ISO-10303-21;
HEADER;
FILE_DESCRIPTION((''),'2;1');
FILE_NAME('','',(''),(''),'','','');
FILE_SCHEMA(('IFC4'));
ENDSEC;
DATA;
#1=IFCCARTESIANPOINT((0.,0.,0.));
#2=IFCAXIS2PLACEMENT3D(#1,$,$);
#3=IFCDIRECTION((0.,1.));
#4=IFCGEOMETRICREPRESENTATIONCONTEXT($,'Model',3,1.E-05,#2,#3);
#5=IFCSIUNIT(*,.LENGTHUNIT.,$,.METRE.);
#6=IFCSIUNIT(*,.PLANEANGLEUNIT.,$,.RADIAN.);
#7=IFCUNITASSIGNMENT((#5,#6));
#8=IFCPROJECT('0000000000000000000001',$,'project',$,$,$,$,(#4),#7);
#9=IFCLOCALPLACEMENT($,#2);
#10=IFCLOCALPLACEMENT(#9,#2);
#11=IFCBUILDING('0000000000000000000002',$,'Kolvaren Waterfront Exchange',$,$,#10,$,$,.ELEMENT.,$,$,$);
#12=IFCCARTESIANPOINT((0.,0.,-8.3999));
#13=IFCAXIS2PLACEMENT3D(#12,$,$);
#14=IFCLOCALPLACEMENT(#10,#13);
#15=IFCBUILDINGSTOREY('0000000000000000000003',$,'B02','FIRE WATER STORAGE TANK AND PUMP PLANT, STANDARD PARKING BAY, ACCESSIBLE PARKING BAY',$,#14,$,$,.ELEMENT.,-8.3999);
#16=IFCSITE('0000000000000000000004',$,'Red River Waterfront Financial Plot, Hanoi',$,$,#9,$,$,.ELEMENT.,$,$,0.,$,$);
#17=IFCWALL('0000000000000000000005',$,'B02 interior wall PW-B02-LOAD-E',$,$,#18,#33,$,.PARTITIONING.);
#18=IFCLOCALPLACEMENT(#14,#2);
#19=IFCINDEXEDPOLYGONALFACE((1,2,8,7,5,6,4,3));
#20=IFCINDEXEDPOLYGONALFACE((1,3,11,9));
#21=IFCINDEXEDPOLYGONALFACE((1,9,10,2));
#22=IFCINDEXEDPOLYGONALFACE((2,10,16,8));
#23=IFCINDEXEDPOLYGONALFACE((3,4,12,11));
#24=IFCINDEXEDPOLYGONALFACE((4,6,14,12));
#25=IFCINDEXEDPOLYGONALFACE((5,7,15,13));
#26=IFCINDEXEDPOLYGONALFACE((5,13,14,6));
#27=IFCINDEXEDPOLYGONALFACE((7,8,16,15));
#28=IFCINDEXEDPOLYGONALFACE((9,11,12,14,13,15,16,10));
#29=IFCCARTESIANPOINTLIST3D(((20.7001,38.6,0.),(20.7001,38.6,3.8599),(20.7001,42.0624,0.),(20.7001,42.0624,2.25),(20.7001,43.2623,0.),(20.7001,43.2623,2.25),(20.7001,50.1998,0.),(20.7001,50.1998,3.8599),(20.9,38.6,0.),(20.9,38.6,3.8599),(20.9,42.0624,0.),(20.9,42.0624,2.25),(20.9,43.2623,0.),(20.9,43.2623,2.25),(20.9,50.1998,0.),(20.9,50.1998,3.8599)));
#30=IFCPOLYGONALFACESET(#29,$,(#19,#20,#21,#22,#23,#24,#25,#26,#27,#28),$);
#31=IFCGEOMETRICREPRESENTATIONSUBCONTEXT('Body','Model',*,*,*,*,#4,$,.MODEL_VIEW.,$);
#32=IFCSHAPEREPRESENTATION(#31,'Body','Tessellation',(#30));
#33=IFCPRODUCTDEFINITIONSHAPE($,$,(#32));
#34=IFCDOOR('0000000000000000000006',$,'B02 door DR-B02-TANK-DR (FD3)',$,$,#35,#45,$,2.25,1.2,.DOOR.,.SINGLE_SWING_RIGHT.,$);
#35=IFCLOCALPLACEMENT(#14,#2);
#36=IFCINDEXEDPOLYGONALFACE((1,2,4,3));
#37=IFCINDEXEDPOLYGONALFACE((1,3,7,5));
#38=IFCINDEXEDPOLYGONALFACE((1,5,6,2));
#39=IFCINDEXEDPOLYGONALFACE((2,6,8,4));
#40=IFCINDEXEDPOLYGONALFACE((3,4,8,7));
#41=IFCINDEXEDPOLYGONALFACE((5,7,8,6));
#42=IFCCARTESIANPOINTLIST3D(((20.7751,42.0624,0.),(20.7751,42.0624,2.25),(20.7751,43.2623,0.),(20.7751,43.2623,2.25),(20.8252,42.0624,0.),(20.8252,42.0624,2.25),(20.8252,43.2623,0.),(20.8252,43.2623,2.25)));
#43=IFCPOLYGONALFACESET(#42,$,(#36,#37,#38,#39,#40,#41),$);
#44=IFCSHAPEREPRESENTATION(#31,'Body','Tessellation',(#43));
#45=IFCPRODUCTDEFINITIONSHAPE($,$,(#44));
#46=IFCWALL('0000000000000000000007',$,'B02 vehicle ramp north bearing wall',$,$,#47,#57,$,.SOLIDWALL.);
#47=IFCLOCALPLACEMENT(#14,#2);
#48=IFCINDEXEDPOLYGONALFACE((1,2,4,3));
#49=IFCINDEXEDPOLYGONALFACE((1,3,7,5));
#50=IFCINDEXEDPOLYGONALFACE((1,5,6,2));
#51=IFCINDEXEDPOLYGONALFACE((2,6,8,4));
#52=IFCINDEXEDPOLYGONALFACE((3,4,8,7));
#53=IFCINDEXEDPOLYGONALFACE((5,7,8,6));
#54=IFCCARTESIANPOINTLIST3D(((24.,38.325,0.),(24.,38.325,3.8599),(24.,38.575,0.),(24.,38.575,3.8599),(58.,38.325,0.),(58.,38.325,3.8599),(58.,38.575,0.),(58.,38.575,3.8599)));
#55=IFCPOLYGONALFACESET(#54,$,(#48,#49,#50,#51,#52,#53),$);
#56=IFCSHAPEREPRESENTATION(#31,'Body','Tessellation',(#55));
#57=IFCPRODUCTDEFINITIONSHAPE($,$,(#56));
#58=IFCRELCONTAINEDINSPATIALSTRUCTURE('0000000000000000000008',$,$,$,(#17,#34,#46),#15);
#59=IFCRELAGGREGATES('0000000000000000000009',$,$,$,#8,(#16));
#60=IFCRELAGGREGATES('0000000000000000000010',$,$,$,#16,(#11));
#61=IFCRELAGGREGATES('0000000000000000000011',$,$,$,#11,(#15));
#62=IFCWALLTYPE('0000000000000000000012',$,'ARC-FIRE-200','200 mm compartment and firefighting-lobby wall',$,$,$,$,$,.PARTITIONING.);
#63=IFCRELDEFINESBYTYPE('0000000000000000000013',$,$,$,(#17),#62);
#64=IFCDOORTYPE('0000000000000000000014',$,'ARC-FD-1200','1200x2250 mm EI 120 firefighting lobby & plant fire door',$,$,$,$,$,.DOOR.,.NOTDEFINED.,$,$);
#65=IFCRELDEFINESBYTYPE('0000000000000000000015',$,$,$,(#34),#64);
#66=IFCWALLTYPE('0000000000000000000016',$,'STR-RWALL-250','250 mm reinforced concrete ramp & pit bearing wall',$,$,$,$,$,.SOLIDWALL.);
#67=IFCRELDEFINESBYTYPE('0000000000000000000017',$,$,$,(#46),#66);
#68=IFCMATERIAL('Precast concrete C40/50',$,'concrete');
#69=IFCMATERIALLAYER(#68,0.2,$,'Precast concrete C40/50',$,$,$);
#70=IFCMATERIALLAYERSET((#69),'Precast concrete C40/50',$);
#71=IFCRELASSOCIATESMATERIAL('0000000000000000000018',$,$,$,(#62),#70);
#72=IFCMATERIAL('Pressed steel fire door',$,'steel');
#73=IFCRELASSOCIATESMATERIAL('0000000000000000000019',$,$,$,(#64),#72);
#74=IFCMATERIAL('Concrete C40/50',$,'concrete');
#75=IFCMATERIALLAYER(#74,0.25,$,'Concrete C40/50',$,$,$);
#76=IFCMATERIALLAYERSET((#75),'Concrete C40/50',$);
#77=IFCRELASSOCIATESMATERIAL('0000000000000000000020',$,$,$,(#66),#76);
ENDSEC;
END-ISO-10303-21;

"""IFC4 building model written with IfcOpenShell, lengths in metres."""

from ifc_helpers import new_model, si_unit, direction, frame, frame_2d, origin, place, context, subcontext, project, spatial, rectangle, extrude, material, layer, layer_set, type_object, element, fill, save


model = new_model("IFC4")

# Units and contexts
model_context = context("Model", 3, precision=1e-05, world=origin(), true_north=direction((0.0, 1.0)))
body_context = subcontext(model_context, "Body", "Model", "MODEL_VIEW")
ifc_project = project(units=[si_unit("LENGTHUNIT", "METRE"), si_unit("PLANEANGLEUNIT", "RADIAN")], contexts=[model_context])

# Site, building, storey
site_placement = place(None, origin())
site = spatial("IfcSite", under=ifc_project, at=site_placement, Name="Red River Waterfront Financial Plot, Hanoi", CompositionType="ELEMENT", RefElevation=0.0)
building_placement = place(site_placement, origin())
building = spatial("IfcBuilding", under=site, at=building_placement, Name="Kolvaren Waterfront Exchange", CompositionType="ELEMENT")
storey_placement = place(building_placement, frame((0.0, 0.0, -8.3999)))
storey = spatial("IfcBuildingStorey", under=building, at=storey_placement, Name="B02", Description="FIRE WATER STORAGE TANK AND PUMP PLANT, STANDARD PARKING BAY, ACCESSIBLE PARKING BAY", CompositionType="ELEMENT", Elevation=-8.3999)

# Shared definitions
ifc_material_1 = material(Name="Concrete C40/50", Category="concrete")

# Wall, opening, door
ifc_material_2 = material(Name="Precast concrete C40/50", Category="concrete")
ifc_layer_1 = layer(ifc_material_2, 0.2, Name="Precast concrete C40/50")
ifc_layer_set_1 = layer_set([ifc_layer_1], Name="Precast concrete C40/50")
wall_type_1 = type_object("IfcWallType", Name="ARC-FIRE-200", Description="200 mm compartment and firefighting-lobby wall", PredefinedType="PARTITIONING", material=ifc_layer_set_1)
wall_1_placement = place(storey_placement, frame((20.8, 38.6001, 0.0), z_axis=(0.0, 0.0, 1.0), x_axis=(0.0, 1.0, 0.0)))
wall_1 = element("IfcWall", 1, at=wall_1_placement, inside=storey, type_object=wall_type_1, Name="B02 interior wall PW-B02-LOAD-E", PredefinedType="PARTITIONING", context=body_context, shape_type="SweptSolid", body=[
    extrude(rectangle(XDim=11.5999, YDim=0.2, at=frame_2d((5.7998, 0.0))), origin(), (0.0, 0.0, 1.0), 3.8599),
])
opening_placement = place(wall_1_placement, frame((3.4622, 0.0, 0.0)))
opening = element("IfcOpeningElement", 2, at=opening_placement, cuts=wall_1, PredefinedType="OPENING", context=body_context, shape_type="SweptSolid", body=[
    extrude(rectangle(XDim=1.2, YDim=2.25, at=frame_2d((0.6001, 1.125))), frame((0.0, 0.1099, 0.0), z_axis=(0.0, -1.0, 0.0), x_axis=(1.0, 0.0, 0.0)), (0.0, 0.0, 1.0), 0.22),
])
ifc_material_3 = material(Name="Pressed steel fire door", Category="steel")
door_type = type_object("IfcDoorType", Name="ARC-FD-1200", Description="1200x2250 mm EI 120 firefighting lobby & plant fire door", OperationType="NOTDEFINED", PredefinedType="DOOR", material=ifc_material_3)
door_placement = place(opening_placement, origin())
door = element("IfcDoor", 3, at=door_placement, inside=storey, type_object=door_type, Name="B02 door DR-B02-TANK-DR (FD3)", OperationType="SINGLE_SWING_RIGHT", OverallHeight=2.25, OverallWidth=1.2, PredefinedType="DOOR", context=body_context, shape_type="SweptSolid", body=[
    extrude(rectangle(XDim=1.2, YDim=2.25, at=frame_2d((0.6001, 1.125))), frame((0.0, 0.0249, 0.0), z_axis=(0.0, -1.0, 0.0), x_axis=(1.0, 0.0, 0.0)), (0.0, 0.0, 1.0), 0.05),
])
fill(opening, door)

# Wall
ifc_layer_2 = layer(ifc_material_1, 0.25, Name="Concrete C40/50")
ifc_layer_set_2 = layer_set([ifc_layer_2], Name="Concrete C40/50")
wall_type_2 = type_object("IfcWallType", Name="STR-RWALL-250", Description="250 mm reinforced concrete ramp & pit bearing wall", PredefinedType="SOLIDWALL", material=ifc_layer_set_2)
wall_2_placement = place(storey_placement, frame((24.0, 38.45, 0.0), z_axis=(0.0, 0.0, 1.0), x_axis=(1.0, 0.0, 0.0)))
element("IfcWall", 4, at=wall_2_placement, inside=storey, type_object=wall_type_2, Name="B02 vehicle ramp north bearing wall", PredefinedType="SOLIDWALL", context=body_context, shape_type="SweptSolid", body=[
    extrude(rectangle(XDim=34.0, YDim=0.25, at=frame_2d((17.0, 0.0))), origin(), (0.0, 0.0, 1.0), 3.8599),
])

save(model, "model.ifc")
